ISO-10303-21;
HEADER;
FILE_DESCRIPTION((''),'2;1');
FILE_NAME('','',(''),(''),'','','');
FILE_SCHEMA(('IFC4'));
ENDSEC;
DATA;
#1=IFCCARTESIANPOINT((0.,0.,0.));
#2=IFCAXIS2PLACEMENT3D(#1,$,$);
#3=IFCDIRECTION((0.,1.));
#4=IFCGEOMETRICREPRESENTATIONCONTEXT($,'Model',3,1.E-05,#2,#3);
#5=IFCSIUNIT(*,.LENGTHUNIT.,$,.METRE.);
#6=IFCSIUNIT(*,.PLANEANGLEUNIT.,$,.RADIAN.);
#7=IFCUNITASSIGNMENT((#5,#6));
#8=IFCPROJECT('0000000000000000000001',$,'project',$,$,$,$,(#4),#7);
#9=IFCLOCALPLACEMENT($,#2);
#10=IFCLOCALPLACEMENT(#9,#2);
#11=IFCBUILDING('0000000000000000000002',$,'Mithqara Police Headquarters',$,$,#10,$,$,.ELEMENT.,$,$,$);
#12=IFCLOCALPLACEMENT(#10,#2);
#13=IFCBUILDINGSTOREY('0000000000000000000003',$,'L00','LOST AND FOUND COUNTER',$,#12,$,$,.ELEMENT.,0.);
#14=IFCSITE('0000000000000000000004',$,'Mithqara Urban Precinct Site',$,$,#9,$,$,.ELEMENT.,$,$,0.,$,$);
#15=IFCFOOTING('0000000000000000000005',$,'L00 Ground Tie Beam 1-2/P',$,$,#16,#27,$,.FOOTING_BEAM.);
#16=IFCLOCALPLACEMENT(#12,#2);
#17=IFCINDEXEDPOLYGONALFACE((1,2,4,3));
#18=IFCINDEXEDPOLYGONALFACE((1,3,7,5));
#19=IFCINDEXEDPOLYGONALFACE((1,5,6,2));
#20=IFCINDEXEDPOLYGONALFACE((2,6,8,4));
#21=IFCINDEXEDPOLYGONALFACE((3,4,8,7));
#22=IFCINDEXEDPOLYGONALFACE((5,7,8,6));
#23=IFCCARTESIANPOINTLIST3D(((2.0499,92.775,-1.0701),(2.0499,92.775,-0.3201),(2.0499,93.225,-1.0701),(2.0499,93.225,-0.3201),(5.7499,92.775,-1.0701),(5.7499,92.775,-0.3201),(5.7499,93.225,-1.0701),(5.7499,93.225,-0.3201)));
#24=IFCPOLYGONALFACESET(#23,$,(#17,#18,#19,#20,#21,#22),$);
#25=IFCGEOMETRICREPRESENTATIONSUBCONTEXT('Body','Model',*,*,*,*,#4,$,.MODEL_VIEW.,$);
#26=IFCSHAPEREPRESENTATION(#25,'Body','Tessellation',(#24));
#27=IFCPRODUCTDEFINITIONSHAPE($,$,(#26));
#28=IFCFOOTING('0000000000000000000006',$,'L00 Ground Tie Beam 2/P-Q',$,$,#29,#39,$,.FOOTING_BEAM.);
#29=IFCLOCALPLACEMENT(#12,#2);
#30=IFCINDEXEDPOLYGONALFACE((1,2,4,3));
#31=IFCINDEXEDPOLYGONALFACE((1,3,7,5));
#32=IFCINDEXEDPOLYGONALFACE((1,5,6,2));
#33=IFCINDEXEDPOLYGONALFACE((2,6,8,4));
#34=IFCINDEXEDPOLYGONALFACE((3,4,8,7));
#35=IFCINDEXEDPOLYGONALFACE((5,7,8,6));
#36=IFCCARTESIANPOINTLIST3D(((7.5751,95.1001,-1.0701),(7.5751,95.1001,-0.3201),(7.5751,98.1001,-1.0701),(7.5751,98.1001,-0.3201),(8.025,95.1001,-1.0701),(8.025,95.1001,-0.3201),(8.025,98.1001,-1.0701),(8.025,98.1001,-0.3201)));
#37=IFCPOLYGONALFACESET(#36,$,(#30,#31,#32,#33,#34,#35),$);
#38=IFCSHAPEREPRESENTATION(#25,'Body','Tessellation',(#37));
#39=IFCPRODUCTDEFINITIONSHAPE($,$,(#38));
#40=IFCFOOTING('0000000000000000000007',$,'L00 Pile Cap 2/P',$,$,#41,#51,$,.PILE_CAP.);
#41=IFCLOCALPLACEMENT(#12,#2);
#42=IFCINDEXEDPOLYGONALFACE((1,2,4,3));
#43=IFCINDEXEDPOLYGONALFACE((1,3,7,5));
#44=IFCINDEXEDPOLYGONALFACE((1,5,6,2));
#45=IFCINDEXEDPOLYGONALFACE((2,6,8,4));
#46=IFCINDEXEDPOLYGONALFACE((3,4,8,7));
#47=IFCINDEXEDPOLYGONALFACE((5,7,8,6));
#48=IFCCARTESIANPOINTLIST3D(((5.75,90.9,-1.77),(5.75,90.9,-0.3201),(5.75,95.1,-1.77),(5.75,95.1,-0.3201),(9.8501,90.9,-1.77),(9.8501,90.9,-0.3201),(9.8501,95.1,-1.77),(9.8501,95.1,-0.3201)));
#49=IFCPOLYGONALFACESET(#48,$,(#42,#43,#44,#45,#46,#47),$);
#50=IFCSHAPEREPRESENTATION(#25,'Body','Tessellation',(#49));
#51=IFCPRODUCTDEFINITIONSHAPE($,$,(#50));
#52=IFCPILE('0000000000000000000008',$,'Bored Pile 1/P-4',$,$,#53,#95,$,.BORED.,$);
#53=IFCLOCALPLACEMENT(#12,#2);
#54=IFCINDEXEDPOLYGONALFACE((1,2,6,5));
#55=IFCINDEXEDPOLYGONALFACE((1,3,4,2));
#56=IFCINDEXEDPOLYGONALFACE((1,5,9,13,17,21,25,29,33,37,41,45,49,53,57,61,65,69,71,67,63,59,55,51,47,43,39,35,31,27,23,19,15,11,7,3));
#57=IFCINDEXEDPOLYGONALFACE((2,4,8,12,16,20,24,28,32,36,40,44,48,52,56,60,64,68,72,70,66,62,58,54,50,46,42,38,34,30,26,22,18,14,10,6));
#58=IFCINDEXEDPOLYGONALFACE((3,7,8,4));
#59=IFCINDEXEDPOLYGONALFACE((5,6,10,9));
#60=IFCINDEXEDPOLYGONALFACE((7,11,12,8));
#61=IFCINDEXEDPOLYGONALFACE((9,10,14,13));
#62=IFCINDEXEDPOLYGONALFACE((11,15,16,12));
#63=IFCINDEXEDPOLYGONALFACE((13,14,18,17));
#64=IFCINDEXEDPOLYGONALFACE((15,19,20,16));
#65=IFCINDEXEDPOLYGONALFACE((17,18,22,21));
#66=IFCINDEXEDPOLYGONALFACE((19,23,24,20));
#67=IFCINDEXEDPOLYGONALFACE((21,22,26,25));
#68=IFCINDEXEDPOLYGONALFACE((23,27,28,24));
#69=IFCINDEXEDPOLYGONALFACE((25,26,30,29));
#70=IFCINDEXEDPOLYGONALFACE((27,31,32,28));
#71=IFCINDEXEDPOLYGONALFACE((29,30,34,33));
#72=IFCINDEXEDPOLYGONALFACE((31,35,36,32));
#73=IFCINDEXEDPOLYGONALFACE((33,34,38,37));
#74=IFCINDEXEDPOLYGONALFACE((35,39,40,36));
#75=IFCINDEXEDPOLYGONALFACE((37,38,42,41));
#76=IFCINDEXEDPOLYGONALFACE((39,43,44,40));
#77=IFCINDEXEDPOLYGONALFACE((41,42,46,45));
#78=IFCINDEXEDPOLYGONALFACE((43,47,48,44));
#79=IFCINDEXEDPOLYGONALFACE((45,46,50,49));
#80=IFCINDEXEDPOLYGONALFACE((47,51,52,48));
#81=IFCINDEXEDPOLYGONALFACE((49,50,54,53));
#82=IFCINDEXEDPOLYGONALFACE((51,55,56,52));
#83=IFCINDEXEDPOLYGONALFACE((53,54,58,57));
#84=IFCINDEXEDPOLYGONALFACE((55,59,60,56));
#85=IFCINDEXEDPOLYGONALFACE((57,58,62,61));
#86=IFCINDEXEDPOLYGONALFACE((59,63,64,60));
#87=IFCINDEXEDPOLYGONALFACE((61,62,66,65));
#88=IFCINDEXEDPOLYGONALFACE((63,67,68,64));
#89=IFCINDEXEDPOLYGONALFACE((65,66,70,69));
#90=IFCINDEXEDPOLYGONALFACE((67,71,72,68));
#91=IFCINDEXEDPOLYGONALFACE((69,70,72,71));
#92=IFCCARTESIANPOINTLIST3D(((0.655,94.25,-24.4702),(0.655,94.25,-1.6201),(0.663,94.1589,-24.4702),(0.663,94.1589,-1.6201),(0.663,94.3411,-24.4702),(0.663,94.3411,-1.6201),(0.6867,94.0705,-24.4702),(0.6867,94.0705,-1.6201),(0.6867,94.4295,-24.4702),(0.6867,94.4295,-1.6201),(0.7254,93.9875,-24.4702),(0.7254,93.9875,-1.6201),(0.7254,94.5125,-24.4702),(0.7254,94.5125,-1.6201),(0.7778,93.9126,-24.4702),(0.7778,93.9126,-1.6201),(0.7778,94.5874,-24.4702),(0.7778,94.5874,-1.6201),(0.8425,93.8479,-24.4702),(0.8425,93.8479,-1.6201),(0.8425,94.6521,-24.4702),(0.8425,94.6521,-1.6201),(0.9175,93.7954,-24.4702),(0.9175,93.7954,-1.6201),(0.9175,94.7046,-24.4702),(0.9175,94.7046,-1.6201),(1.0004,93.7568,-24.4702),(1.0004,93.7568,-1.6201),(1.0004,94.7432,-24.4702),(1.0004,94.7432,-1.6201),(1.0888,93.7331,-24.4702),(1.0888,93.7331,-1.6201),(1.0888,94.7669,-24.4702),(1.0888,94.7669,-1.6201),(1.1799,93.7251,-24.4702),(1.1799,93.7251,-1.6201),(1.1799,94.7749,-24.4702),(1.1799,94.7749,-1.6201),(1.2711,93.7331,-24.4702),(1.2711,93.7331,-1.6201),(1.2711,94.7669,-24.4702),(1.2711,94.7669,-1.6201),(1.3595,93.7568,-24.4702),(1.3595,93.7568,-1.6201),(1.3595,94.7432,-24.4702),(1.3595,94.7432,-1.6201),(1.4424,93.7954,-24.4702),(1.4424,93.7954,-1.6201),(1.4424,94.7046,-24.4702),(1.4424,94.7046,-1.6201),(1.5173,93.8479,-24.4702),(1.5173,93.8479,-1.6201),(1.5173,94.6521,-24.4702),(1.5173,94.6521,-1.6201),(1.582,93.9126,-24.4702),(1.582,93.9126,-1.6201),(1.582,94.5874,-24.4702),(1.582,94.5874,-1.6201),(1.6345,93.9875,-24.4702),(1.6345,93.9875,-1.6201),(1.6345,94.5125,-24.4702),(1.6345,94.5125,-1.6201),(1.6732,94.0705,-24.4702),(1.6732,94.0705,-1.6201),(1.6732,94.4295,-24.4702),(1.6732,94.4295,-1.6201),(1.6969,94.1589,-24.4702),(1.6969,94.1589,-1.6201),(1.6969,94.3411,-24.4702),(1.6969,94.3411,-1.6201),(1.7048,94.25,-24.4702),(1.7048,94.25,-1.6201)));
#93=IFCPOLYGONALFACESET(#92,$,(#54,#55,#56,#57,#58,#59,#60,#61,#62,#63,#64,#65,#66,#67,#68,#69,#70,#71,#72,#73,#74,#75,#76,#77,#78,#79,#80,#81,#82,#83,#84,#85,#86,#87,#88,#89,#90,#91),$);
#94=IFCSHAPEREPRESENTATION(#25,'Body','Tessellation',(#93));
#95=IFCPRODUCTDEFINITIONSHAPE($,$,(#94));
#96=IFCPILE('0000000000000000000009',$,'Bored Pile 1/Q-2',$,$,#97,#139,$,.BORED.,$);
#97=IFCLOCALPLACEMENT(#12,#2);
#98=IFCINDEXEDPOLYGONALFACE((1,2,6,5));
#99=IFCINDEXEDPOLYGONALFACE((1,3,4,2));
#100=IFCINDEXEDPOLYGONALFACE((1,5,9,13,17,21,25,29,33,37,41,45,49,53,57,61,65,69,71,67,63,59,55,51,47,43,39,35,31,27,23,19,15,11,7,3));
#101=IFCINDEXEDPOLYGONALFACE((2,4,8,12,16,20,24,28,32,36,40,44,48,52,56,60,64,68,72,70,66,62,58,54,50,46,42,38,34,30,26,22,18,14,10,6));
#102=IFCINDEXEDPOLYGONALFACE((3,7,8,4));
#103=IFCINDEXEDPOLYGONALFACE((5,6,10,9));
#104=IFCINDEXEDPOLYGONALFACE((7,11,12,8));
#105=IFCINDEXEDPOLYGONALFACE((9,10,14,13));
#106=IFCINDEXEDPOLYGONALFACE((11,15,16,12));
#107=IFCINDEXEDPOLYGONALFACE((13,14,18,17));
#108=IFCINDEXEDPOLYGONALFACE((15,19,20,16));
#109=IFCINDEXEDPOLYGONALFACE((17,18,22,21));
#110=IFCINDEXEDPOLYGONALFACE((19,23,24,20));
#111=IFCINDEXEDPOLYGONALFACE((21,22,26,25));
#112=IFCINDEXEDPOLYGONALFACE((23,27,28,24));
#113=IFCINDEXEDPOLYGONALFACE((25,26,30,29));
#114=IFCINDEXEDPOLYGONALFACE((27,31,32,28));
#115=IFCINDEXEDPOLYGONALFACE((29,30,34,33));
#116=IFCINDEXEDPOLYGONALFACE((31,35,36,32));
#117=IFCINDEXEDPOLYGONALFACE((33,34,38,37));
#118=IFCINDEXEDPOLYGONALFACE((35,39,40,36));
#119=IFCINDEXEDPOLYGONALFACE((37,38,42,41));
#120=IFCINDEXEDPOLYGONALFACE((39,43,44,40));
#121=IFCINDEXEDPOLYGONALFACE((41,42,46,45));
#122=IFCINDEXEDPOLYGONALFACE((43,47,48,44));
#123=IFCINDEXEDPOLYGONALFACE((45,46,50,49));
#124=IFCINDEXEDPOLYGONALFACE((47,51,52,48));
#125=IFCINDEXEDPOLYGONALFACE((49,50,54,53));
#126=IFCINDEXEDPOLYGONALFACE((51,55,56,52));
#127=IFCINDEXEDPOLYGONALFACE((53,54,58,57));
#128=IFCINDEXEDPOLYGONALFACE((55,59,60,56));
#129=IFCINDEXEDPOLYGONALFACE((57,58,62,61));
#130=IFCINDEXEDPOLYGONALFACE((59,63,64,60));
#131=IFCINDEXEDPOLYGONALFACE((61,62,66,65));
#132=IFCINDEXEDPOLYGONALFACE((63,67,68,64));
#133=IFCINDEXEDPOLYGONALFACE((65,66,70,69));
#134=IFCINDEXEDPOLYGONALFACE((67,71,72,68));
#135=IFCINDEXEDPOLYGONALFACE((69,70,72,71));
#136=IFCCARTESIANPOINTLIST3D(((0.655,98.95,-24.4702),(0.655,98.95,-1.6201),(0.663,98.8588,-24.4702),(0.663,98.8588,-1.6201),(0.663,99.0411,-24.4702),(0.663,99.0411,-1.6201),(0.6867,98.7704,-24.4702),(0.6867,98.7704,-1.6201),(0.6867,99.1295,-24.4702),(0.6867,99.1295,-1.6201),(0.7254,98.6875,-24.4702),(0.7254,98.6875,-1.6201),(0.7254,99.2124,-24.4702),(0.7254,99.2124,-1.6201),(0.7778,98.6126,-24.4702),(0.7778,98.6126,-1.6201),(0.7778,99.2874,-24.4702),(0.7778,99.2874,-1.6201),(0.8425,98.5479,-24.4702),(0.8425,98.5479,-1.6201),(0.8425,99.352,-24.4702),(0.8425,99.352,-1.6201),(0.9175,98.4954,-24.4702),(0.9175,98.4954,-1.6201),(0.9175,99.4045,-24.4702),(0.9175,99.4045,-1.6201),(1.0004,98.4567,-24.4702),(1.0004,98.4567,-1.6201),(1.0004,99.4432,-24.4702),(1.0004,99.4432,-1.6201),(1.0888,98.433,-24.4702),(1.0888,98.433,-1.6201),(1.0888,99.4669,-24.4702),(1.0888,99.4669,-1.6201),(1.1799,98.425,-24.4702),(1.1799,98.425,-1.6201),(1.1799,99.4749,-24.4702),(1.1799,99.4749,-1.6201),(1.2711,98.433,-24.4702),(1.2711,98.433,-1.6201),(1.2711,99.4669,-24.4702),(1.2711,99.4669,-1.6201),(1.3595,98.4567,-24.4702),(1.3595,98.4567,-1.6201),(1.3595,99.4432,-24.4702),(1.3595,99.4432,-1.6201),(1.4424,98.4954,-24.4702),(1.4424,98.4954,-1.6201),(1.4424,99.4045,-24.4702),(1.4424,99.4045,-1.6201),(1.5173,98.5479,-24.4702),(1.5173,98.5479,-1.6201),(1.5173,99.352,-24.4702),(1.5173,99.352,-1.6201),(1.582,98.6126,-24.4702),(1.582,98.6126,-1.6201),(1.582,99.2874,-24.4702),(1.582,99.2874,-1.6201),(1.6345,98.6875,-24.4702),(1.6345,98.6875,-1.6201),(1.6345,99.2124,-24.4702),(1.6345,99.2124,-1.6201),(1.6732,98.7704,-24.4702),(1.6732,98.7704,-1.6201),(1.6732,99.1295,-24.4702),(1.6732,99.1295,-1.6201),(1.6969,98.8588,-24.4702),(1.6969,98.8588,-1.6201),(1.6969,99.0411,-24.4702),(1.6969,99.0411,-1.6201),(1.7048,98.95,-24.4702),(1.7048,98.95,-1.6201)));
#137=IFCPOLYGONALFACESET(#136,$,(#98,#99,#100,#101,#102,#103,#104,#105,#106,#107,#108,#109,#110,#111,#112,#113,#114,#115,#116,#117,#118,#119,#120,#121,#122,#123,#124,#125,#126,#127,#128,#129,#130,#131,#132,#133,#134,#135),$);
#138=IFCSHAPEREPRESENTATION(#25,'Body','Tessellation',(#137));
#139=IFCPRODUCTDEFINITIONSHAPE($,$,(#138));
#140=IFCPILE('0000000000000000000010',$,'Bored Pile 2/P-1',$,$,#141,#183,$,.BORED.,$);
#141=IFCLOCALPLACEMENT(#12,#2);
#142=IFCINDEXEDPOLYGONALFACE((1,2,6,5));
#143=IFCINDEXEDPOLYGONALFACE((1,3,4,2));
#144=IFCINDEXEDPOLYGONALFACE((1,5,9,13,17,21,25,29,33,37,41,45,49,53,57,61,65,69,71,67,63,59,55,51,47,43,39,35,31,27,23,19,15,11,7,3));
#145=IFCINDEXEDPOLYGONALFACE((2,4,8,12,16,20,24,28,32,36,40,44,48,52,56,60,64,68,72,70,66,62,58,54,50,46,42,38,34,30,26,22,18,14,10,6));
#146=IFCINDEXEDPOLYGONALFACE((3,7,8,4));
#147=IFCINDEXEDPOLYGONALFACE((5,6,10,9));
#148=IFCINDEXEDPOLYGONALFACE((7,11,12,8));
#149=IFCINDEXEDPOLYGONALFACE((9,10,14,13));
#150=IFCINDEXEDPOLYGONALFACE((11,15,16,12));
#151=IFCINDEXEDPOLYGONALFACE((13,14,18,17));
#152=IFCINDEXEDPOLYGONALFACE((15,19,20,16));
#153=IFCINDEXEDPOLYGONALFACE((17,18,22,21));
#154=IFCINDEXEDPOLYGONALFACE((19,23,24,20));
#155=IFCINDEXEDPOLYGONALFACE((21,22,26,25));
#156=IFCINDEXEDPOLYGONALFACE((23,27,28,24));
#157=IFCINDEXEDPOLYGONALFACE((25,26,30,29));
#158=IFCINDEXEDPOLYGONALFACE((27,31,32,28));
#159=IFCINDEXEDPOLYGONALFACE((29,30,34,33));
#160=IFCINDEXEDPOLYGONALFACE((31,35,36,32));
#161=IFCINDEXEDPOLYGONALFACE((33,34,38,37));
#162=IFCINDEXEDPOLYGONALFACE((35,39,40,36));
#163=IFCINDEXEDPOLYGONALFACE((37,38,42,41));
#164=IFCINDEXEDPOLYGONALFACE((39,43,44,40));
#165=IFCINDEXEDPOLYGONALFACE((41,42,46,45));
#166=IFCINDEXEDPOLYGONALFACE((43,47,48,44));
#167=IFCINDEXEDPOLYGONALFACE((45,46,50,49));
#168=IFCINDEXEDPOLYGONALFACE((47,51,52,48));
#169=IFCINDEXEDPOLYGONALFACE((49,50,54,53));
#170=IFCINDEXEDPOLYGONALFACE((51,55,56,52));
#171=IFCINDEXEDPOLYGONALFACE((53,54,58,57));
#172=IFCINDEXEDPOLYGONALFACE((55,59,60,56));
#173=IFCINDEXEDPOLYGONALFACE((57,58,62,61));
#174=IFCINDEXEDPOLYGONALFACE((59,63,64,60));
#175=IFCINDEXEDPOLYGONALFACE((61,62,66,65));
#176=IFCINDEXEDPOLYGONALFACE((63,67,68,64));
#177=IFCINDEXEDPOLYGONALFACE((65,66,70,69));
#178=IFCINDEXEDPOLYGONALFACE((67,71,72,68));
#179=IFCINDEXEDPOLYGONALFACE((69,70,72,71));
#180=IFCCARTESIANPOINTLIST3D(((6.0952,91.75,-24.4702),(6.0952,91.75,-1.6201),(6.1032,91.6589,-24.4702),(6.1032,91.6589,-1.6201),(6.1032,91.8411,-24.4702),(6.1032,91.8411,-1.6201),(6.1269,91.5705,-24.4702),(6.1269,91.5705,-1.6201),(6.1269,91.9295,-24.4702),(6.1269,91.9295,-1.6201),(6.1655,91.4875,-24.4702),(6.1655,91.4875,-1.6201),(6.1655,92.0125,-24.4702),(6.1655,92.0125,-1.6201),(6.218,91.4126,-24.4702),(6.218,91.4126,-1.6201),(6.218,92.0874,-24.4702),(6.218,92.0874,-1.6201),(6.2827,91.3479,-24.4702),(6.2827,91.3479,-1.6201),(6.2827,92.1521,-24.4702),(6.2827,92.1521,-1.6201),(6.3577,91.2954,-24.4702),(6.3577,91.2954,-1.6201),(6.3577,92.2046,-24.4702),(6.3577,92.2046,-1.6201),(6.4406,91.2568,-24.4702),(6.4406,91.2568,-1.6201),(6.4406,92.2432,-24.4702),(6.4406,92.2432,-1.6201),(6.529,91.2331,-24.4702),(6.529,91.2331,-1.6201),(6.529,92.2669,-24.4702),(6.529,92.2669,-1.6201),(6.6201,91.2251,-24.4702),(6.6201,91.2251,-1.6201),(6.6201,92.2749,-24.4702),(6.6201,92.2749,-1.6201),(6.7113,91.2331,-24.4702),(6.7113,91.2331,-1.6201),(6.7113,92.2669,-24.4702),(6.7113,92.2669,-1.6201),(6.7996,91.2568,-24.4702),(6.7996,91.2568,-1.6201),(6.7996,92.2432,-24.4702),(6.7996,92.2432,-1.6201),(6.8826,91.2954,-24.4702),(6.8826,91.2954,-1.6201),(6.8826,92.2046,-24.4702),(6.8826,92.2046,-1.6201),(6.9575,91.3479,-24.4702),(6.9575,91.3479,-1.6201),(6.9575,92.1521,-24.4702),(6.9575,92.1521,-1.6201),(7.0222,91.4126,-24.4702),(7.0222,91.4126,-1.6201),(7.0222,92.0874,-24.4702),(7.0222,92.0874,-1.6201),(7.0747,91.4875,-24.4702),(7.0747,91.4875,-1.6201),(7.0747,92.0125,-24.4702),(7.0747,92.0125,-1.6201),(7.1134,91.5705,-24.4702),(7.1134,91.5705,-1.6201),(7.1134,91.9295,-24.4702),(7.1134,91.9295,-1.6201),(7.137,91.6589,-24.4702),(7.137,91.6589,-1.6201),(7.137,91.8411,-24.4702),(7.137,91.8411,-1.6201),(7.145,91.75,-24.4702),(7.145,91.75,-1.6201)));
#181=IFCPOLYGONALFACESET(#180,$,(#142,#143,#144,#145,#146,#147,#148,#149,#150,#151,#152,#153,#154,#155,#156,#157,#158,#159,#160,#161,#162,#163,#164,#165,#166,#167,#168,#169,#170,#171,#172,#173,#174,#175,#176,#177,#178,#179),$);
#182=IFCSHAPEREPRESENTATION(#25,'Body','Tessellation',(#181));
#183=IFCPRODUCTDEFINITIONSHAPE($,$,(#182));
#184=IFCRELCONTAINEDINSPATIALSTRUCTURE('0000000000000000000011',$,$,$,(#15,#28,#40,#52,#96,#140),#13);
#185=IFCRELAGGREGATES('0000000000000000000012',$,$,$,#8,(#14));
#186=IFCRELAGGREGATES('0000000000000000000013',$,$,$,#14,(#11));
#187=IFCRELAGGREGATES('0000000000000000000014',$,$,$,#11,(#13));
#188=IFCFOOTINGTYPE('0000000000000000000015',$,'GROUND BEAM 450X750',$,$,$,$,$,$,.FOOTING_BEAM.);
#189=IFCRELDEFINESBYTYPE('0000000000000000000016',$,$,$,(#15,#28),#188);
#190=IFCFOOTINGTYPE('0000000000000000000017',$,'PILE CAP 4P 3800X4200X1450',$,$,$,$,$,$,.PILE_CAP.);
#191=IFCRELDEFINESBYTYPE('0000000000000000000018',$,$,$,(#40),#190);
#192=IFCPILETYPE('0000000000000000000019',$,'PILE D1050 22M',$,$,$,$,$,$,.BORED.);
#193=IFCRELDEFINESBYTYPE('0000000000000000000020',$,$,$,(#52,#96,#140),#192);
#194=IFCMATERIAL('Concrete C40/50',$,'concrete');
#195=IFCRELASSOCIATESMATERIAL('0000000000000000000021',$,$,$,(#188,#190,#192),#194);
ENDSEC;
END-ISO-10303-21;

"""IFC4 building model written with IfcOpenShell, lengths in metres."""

from ifc_helpers import new_model, si_unit, direction, frame, origin, origin_2d, place, context, subcontext, project, spatial, rectangle, circle, extrude, material, material_profile, profile_set, type_object, element, save


model = new_model("IFC4")

# Units and contexts
model_context = context("Model", 3, precision=1e-05, world=origin(), true_north=direction((0.0, 1.0)))
body_context = subcontext(model_context, "Body", "Model", "MODEL_VIEW")
ifc_project = project(units=[si_unit("LENGTHUNIT", "METRE"), si_unit("PLANEANGLEUNIT", "RADIAN")], contexts=[model_context])

# Site, building, storey
site_placement = place(None, origin())
site = spatial("IfcSite", under=ifc_project, at=site_placement, Name="Mithqara Urban Precinct Site", CompositionType="ELEMENT", RefElevation=0.0)
building_placement = place(site_placement, origin())
building = spatial("IfcBuilding", under=site, at=building_placement, Name="Mithqara Police Headquarters", CompositionType="ELEMENT")
storey_placement = place(building_placement, origin())
storey = spatial("IfcBuildingStorey", under=building, at=storey_placement, Name="L00", Description="LOST AND FOUND COUNTER", CompositionType="ELEMENT", Elevation=0.0)

# Footings
ifc_material_1 = material(Name="Concrete C40/50", Category="concrete")
footing_type_1 = type_object("IfcFootingType", Name="GROUND BEAM 450X750", PredefinedType="FOOTING_BEAM", material=ifc_material_1)
footing_1_placement = place(storey_placement, frame((3.8999, 93.0, -1.0701), z_axis=(0.0, 0.0, 1.0), x_axis=(1.0, 0.0, 0.0)))
element("IfcFooting", 1, at=footing_1_placement, inside=storey, type_object=footing_type_1, Name="L00 Ground Tie Beam 1-2/P", PredefinedType="FOOTING_BEAM", context=body_context, shape_type="SweptSolid", body=[
    extrude(rectangle(XDim=3.7, YDim=0.45, at=origin_2d()), origin(), (0.0, 0.0, 1.0), 0.75),
])
footing_2_placement = place(storey_placement, frame((7.8, 96.6001, -1.0701), z_axis=(0.0, 0.0, 1.0), x_axis=(1.0, 0.0, 0.0)))
element("IfcFooting", 2, at=footing_2_placement, inside=storey, type_object=footing_type_1, Name="L00 Ground Tie Beam 2/P-Q", PredefinedType="FOOTING_BEAM", context=body_context, shape_type="SweptSolid", body=[
    extrude(rectangle(XDim=0.45, YDim=3.0, at=origin_2d()), origin(), (0.0, 0.0, 1.0), 0.75),
])
footing_type_2 = type_object("IfcFootingType", Name="PILE CAP 4P 3800X4200X1450", PredefinedType="PILE_CAP", material=ifc_material_1)
footing_3_placement = place(storey_placement, frame((7.8, 93.0, -1.77), z_axis=(0.0, 0.0, 1.0), x_axis=(1.0, 0.0, 0.0)))
element("IfcFooting", 3, at=footing_3_placement, inside=storey, type_object=footing_type_2, Name="L00 Pile Cap 2/P", PredefinedType="PILE_CAP", context=body_context, shape_type="SweptSolid", body=[
    extrude(rectangle(XDim=4.1001, YDim=4.2, at=origin_2d()), origin(), (0.0, 0.0, 1.0), 1.45),
])

# Piles
ifc_material_profile_1 = material_profile(ifc_material_1, circle(Radius=0.5249, at=origin_2d()), Name="PILE D1050")
ifc_profile_set_1 = profile_set([ifc_material_profile_1], Name="Concrete C40/50")
pile_type = type_object("IfcPileType", Name="PILE D1050 22M", PredefinedType="BORED", material=ifc_profile_set_1)
for number, where, z_axis, x_axis, name in (
    (4, (1.1799, 94.25, -1.6201), (0.0, 0.0, -1.0), (1.0, 0.0, 0.0), "Bored Pile 1/P-4"),
    (5, (1.1799, 98.95, -1.6201), (0.0, 0.0, -1.0), (1.0, 0.0, 0.0), "Bored Pile 1/Q-2"),
    (6, (6.6201, 91.75, -1.6201), (0.0, 0.0, -1.0), (1.0, 0.0, 0.0), "Bored Pile 2/P-1"),
):
    element("IfcPile", number, at=place(storey_placement, frame(where, z_axis=z_axis, x_axis=x_axis)), inside=storey, type_object=pile_type, Name=name, PredefinedType="BORED", context=body_context, shape_type="SweptSolid", body=[
        extrude(circle(Radius=0.5249, at=origin_2d()), origin(), (0.0, 0.0, 1.0), 22.8501),
    ])

save(model, "model.ifc")
